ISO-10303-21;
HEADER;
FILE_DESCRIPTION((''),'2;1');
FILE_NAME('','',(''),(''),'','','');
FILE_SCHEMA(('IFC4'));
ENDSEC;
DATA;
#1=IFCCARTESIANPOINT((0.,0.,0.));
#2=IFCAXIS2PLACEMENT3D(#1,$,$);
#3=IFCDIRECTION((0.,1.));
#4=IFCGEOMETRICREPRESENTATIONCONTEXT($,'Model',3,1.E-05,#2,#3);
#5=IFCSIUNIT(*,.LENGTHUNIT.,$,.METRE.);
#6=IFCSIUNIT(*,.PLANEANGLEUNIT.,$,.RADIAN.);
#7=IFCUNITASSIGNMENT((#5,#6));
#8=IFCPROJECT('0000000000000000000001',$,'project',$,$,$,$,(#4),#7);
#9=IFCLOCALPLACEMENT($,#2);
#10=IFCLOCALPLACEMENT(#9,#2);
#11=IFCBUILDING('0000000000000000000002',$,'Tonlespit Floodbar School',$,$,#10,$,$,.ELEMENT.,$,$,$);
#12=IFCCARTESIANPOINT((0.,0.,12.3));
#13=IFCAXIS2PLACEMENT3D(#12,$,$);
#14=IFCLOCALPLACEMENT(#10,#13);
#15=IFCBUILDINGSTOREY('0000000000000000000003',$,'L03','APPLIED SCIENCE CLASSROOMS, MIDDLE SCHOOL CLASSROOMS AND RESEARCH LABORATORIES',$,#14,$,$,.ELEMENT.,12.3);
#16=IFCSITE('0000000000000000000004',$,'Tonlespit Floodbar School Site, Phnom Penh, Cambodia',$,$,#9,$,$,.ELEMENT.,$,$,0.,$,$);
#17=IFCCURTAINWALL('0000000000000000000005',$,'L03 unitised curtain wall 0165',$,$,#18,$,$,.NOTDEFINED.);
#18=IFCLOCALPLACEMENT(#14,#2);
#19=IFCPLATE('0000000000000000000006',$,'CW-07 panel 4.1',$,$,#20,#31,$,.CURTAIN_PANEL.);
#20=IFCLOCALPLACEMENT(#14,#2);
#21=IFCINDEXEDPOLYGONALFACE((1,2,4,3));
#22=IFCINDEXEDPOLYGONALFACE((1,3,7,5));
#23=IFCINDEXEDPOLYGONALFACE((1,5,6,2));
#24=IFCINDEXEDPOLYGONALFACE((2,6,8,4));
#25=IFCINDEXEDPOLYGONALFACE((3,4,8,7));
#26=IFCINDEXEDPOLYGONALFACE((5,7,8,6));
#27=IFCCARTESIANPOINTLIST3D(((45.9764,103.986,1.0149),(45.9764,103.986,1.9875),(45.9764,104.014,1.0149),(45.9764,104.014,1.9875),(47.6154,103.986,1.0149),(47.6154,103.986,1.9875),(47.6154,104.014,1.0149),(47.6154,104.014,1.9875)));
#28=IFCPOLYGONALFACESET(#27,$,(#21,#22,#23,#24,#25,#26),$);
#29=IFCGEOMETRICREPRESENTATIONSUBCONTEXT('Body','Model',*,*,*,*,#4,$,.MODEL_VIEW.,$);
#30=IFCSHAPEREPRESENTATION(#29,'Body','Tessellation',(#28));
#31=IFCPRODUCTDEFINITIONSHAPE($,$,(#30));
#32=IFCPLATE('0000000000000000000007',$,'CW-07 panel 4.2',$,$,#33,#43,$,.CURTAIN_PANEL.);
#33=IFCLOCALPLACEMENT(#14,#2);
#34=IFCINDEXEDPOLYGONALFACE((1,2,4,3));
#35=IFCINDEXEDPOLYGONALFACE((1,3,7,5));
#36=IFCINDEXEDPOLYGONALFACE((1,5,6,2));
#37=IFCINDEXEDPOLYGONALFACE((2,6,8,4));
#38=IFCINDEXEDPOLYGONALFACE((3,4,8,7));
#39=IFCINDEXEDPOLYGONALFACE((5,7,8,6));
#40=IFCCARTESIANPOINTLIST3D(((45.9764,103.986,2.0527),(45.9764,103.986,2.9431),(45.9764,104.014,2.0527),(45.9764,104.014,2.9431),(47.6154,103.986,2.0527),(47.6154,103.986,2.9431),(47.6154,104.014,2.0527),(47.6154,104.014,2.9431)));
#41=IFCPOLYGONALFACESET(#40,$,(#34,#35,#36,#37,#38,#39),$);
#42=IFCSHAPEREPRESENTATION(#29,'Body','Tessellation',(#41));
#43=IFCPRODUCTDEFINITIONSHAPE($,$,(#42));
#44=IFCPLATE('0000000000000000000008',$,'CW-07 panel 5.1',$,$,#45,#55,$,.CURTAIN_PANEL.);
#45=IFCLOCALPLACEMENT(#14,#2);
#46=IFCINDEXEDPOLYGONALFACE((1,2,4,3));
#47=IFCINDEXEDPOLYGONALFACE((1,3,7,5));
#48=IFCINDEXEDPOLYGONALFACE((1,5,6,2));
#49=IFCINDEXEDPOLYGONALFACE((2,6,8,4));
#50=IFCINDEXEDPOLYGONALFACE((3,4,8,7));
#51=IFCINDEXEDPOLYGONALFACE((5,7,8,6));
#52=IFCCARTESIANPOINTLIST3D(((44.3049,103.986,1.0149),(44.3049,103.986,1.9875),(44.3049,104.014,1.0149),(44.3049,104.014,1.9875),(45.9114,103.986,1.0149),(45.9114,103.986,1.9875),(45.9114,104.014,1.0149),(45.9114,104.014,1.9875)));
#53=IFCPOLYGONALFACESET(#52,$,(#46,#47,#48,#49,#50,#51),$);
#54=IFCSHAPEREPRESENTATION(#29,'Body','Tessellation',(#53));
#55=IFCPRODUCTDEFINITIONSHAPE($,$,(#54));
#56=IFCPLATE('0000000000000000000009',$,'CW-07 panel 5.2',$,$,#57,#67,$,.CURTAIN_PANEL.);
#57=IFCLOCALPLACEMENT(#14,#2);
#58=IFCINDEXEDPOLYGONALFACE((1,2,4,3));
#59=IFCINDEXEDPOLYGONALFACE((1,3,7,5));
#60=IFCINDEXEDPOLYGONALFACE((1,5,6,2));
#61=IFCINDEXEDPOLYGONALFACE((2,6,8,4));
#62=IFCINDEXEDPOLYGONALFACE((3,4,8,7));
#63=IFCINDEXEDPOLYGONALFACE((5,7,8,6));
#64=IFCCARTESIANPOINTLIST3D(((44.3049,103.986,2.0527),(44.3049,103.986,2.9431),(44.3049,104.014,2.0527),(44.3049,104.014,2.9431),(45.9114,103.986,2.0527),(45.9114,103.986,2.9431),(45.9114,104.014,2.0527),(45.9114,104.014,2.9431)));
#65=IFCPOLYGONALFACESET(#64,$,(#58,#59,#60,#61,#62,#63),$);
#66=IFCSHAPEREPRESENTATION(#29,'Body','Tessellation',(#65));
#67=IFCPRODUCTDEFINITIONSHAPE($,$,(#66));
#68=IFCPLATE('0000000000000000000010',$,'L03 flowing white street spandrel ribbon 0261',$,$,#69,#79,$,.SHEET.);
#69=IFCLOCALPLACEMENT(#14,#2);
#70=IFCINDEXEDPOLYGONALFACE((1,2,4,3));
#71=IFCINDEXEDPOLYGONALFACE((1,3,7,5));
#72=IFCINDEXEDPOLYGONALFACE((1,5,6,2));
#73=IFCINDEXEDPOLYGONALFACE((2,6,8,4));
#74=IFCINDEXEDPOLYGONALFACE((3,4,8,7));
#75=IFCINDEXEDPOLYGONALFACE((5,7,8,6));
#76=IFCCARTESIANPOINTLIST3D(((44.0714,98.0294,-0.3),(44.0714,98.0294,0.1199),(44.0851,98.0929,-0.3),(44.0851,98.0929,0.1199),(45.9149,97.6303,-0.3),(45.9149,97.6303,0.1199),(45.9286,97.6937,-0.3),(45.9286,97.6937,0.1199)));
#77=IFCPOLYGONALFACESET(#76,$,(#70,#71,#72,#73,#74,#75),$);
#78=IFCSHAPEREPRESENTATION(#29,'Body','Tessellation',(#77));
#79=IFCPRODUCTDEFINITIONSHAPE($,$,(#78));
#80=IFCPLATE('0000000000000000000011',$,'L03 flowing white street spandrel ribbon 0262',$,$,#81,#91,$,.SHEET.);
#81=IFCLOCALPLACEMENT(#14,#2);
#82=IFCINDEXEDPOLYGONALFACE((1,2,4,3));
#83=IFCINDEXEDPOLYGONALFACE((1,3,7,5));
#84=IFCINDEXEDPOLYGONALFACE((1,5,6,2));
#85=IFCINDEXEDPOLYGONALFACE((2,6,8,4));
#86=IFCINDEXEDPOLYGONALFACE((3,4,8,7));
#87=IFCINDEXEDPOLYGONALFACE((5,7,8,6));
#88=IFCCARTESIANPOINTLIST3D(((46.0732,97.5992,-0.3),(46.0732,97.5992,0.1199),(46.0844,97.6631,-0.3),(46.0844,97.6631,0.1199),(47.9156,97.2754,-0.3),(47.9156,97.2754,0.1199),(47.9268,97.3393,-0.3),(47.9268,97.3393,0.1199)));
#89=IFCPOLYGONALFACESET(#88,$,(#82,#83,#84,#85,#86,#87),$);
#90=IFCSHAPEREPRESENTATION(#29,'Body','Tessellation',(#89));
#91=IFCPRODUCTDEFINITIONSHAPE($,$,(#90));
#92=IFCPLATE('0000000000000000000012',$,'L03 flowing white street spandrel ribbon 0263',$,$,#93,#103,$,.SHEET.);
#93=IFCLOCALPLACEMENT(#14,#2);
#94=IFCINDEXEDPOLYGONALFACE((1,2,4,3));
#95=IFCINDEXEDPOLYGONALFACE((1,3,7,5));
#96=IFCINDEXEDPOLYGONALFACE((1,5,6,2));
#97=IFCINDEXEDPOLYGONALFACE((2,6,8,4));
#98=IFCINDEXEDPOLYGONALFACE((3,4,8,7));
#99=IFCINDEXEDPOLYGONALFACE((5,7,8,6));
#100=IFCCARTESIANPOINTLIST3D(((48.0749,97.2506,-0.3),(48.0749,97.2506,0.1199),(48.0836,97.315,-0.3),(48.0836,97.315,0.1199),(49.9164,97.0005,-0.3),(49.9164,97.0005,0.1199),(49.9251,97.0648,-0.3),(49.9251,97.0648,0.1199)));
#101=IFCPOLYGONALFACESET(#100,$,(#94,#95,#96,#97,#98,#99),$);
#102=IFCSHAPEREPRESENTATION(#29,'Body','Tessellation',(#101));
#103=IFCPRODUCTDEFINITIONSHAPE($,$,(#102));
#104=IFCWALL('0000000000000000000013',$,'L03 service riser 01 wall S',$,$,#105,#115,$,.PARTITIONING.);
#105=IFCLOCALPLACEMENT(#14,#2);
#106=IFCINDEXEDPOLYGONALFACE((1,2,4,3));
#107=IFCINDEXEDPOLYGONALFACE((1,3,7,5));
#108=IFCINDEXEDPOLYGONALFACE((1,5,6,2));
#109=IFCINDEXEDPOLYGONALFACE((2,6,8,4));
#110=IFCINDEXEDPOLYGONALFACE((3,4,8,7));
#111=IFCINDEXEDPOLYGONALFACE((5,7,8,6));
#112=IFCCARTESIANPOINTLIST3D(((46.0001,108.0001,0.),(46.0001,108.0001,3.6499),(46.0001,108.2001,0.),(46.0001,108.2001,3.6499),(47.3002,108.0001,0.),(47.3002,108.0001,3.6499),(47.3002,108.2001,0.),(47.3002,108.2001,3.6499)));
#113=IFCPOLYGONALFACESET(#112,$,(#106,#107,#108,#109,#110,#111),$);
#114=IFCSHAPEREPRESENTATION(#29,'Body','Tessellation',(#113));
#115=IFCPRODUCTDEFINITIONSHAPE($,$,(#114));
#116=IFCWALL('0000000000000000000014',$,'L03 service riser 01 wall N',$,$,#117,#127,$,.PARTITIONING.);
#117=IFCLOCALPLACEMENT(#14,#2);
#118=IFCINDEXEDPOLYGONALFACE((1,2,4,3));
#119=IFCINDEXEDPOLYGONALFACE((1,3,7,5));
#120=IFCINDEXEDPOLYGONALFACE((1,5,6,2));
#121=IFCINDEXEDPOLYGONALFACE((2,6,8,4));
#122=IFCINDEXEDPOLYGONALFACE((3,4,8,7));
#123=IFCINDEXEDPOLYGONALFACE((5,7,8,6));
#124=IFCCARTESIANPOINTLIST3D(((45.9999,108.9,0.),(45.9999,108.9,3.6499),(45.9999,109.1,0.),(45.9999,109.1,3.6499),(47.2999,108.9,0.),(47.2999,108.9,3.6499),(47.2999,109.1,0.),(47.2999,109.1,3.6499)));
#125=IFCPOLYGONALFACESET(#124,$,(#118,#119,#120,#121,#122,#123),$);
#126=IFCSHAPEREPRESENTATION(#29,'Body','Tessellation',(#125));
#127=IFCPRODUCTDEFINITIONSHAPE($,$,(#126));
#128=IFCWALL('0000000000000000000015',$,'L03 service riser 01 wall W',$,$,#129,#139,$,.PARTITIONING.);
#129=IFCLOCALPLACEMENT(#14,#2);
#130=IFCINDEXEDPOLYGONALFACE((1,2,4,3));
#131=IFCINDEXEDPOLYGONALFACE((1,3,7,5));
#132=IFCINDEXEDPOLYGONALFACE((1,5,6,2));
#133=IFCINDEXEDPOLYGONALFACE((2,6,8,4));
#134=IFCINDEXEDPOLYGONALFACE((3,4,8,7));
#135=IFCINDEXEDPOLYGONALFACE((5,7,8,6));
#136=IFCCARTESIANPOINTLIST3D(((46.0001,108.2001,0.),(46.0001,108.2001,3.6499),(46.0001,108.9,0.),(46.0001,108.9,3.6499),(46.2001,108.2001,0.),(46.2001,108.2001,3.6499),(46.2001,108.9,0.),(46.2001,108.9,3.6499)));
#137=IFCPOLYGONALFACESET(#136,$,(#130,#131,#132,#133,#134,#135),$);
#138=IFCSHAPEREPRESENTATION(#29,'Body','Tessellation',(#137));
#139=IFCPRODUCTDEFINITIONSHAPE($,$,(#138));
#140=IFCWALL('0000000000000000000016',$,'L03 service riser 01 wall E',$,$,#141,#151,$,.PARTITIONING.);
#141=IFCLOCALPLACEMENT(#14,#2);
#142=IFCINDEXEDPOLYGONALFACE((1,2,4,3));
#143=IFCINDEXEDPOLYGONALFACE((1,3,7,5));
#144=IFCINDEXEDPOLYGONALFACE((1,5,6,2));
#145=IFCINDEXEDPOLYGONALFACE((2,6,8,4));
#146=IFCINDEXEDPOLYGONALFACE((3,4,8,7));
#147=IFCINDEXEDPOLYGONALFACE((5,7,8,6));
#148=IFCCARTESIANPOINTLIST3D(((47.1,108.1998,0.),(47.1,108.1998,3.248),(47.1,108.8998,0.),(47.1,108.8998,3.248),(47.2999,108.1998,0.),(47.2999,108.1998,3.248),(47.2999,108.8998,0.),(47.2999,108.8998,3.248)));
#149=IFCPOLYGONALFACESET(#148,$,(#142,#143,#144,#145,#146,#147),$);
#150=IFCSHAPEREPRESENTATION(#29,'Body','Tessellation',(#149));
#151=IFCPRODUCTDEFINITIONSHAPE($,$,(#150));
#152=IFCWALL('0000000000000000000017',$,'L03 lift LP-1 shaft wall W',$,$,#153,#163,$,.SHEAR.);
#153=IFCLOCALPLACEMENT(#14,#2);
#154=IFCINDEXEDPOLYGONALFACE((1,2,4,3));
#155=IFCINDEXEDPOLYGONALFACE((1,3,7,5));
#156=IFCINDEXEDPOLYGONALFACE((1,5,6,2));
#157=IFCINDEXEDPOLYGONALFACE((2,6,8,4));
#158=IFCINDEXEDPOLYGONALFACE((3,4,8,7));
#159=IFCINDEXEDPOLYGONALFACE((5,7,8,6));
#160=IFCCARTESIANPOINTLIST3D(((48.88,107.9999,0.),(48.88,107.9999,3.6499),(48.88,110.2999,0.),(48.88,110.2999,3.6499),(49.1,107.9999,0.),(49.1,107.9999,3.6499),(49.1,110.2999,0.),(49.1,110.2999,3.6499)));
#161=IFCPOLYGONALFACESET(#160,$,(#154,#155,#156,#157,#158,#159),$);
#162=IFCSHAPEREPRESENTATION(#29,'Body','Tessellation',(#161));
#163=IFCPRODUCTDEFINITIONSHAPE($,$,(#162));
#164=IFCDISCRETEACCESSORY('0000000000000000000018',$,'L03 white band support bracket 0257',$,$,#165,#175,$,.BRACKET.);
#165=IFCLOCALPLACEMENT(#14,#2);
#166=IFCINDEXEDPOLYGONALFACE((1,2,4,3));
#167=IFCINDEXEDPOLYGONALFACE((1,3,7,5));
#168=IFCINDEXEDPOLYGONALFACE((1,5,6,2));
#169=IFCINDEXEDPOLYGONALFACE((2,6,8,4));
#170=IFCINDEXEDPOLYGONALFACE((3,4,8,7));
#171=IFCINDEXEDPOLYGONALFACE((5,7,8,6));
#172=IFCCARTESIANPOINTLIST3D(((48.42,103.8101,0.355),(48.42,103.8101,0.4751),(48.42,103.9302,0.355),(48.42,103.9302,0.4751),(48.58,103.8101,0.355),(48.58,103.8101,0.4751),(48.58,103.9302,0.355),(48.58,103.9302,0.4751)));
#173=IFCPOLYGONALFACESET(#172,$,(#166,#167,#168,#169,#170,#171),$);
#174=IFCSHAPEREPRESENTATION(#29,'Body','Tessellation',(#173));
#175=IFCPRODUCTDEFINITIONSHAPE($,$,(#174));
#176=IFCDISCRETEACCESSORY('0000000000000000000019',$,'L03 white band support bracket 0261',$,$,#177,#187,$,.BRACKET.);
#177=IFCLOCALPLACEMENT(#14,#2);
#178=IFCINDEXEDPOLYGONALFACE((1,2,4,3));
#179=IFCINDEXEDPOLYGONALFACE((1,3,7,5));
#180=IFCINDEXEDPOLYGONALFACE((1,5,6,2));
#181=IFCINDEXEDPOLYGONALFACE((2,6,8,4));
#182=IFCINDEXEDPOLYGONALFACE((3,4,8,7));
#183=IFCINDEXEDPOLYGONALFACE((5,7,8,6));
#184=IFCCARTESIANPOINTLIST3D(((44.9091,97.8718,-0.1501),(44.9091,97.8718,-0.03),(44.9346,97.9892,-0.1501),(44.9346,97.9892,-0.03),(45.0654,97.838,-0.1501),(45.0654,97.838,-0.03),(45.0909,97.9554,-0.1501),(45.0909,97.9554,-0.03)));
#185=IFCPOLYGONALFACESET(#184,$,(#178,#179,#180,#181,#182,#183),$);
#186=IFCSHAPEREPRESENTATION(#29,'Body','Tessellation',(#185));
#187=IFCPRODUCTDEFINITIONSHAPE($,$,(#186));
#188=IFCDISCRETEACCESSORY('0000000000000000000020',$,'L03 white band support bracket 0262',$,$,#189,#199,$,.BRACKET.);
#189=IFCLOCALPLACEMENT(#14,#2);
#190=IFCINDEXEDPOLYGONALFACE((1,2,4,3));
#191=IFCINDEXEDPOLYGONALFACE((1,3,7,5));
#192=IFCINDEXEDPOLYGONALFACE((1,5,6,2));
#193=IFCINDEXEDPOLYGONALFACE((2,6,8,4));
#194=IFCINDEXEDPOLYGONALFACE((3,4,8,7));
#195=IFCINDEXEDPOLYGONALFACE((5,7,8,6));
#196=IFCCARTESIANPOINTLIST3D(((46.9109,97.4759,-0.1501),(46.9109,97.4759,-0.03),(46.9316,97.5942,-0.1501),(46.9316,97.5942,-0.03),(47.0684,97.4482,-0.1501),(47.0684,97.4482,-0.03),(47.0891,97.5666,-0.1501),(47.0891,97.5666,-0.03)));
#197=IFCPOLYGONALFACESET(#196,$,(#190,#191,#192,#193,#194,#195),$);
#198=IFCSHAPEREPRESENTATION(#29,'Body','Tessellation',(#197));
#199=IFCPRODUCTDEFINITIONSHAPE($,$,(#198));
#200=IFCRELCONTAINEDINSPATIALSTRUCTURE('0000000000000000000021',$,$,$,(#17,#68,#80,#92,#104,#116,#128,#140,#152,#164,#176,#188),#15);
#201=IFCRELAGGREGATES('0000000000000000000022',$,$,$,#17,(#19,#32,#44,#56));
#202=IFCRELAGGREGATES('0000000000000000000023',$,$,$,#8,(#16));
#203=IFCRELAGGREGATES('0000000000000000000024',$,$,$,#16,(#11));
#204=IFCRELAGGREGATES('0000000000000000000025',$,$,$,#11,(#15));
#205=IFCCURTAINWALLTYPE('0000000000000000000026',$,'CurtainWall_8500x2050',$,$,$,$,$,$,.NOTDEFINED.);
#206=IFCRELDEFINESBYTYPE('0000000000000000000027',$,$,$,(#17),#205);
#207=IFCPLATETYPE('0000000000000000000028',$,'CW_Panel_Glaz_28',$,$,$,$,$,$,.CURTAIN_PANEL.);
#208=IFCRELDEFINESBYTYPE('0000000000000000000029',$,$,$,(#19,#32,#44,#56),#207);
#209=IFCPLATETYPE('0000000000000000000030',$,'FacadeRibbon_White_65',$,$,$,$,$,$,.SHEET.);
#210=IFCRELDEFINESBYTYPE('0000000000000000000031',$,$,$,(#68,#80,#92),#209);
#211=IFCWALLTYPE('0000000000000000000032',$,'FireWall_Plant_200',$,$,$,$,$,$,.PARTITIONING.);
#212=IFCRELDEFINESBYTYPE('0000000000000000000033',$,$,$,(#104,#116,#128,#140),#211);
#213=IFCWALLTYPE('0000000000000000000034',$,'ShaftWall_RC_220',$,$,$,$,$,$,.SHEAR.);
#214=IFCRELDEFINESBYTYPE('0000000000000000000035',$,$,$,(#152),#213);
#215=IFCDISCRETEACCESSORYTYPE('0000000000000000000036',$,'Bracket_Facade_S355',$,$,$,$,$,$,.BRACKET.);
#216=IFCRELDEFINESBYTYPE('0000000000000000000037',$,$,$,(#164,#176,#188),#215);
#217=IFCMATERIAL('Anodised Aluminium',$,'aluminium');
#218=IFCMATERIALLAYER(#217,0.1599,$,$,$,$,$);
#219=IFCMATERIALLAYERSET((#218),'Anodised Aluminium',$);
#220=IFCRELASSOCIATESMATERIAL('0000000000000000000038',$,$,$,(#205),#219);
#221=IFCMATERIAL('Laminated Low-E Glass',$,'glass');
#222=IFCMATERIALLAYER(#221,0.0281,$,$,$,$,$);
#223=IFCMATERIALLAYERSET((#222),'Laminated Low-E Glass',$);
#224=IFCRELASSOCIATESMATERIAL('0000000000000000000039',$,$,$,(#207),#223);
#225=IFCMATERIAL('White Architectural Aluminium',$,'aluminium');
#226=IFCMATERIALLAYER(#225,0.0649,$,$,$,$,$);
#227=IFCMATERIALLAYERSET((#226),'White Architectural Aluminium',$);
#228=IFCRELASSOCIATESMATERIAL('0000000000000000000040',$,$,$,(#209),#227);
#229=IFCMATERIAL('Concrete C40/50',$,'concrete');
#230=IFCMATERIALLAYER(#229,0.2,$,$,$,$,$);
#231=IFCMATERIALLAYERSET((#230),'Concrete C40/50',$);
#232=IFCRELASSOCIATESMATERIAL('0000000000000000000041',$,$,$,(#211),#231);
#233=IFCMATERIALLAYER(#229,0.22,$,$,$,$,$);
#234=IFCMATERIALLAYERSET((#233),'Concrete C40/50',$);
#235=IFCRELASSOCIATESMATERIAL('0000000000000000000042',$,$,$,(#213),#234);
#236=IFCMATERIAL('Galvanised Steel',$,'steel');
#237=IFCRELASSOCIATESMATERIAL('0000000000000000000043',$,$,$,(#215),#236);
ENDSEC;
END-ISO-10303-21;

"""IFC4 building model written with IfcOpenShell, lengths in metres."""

from ifc_helpers import new_model, si_unit, direction, frame, frame_2d, origin, origin_2d, place, context, subcontext, project, spatial, rectangle, extrude, material, layer, layer_set, type_object, element, aggregate, save


model = new_model("IFC4")

# Units and contexts
model_context = context("Model", 3, precision=1e-05, world=origin(), true_north=direction((0.0, 1.0)))
body_context = subcontext(model_context, "Body", "Model", "MODEL_VIEW")
ifc_project = project(units=[si_unit("LENGTHUNIT", "METRE"), si_unit("PLANEANGLEUNIT", "RADIAN")], contexts=[model_context])

# Site, building, storey
site_placement = place(None, origin())
site = spatial("IfcSite", under=ifc_project, at=site_placement, Name="Tonlespit Floodbar School Site, Phnom Penh, Cambodia", CompositionType="ELEMENT", RefElevation=0.0)
building_placement = place(site_placement, origin())
building = spatial("IfcBuilding", under=site, at=building_placement, Name="Tonlespit Floodbar School", CompositionType="ELEMENT")
storey_placement = place(building_placement, frame((0.0, 0.0, 12.3)))
storey = spatial("IfcBuildingStorey", under=building, at=storey_placement, Name="L03", Description="APPLIED SCIENCE CLASSROOMS, MIDDLE SCHOOL CLASSROOMS AND RESEARCH LABORATORIES", CompositionType="ELEMENT", Elevation=12.3)

# Curtain wall
ifc_material_1 = material(Name="Anodised Aluminium", Category="aluminium")
ifc_layer_1 = layer(ifc_material_1, 0.1599)
ifc_layer_set_1 = layer_set([ifc_layer_1], Name="Anodised Aluminium")
curtain_wall_type = type_object("IfcCurtainWallType", Name="CurtainWall_8500x2050", PredefinedType="NOTDEFINED", material=ifc_layer_set_1)
curtain_wall_placement = place(storey_placement, origin())
curtain_wall = element("IfcCurtainWall", 1, at=curtain_wall_placement, inside=storey, type_object=curtain_wall_type, Name="L03 unitised curtain wall 0165", PredefinedType="NOTDEFINED")

# Plates
ifc_material_2 = material(Name="Laminated Low-E Glass", Category="glass")
ifc_layer_2 = layer(ifc_material_2, 0.0281)
ifc_layer_set_2 = layer_set([ifc_layer_2], Name="Laminated Low-E Glass")
plate_type_1 = type_object("IfcPlateType", Name="CW_Panel_Glaz_28", PredefinedType="CURTAIN_PANEL", material=ifc_layer_set_2)
plate_1_placement = place(storey_placement, frame((46.7959, 104.0, 1.0149), z_axis=(0.0, 0.0, 1.0), x_axis=(-1.0, 0.0, 0.0)))
plate_1 = element("IfcPlate", 2, at=plate_1_placement, type_object=plate_type_1, Name="CW-07 panel 4.1", PredefinedType="CURTAIN_PANEL", context=body_context, shape_type="SweptSolid", body=[
    extrude(rectangle(XDim=1.6389, YDim=0.0281, at=origin_2d()), origin(), (0.0, 0.0, 1.0), 0.9727),
])
plate_2_placement = place(storey_placement, frame((46.7959, 104.0, 2.0527), z_axis=(0.0, 0.0, 1.0), x_axis=(-1.0, 0.0, 0.0)))
plate_2 = element("IfcPlate", 3, at=plate_2_placement, type_object=plate_type_1, Name="CW-07 panel 4.2", PredefinedType="CURTAIN_PANEL", context=body_context, shape_type="SweptSolid", body=[
    extrude(rectangle(XDim=1.6389, YDim=0.0281, at=origin_2d()), origin(), (0.0, 0.0, 1.0), 0.8904),
])
plate_3_placement = place(storey_placement, frame((45.1082, 104.0, 1.0149), z_axis=(0.0, 0.0, 1.0), x_axis=(-1.0, 0.0, 0.0)))
plate_3 = element("IfcPlate", 4, at=plate_3_placement, type_object=plate_type_1, Name="CW-07 panel 5.1", PredefinedType="CURTAIN_PANEL", context=body_context, shape_type="SweptSolid", body=[
    extrude(rectangle(XDim=1.6064, YDim=0.0281, at=origin_2d()), origin(), (0.0, 0.0, 1.0), 0.9727),
])
plate_4_placement = place(storey_placement, frame((45.1082, 104.0, 2.0527), z_axis=(0.0, 0.0, 1.0), x_axis=(-1.0, 0.0, 0.0)))
plate_4 = element("IfcPlate", 5, at=plate_4_placement, type_object=plate_type_1, Name="CW-07 panel 5.2", PredefinedType="CURTAIN_PANEL", context=body_context, shape_type="SweptSolid", body=[
    extrude(rectangle(XDim=1.6064, YDim=0.0281, at=origin_2d()), origin(), (0.0, 0.0, 1.0), 0.8904),
])
aggregate(curtain_wall, [plate_1, plate_2, plate_3, plate_4])

# Plates
ifc_material_3 = material(Name="White Architectural Aluminium", Category="aluminium")
ifc_layer_3 = layer(ifc_material_3, 0.0649)
ifc_layer_set_3 = layer_set([ifc_layer_3], Name="White Architectural Aluminium")
plate_type_2 = type_object("IfcPlateType", Name="FacadeRibbon_White_65", PredefinedType="SHEET", material=ifc_layer_set_3)
plate_5_placement = place(storey_placement, frame((45.0, 97.8616, -0.3), z_axis=(0.0, 0.0, 1.0), x_axis=(0.977357, -0.211598, 0.0)))
element("IfcPlate", 6, at=plate_5_placement, inside=storey, type_object=plate_type_2, Name="L03 flowing white street spandrel ribbon 0261", PredefinedType="SHEET", context=body_context, shape_type="SweptSolid", body=[
    extrude(rectangle(XDim=1.8862, YDim=0.0649, at=origin_2d()), origin(), (0.0, 0.0, 1.0), 0.4199),
])
plate_6_placement = place(storey_placement, frame((47.0, 97.4692, -0.3), z_axis=(0.0, 0.0, 1.0), x_axis=(0.984905, -0.173096, 0.0)))
element("IfcPlate", 7, at=plate_6_placement, inside=storey, type_object=plate_type_2, Name="L03 flowing white street spandrel ribbon 0262", PredefinedType="SHEET", context=body_context, shape_type="SweptSolid", body=[
    extrude(rectangle(XDim=1.8706, YDim=0.0649, at=origin_2d()), origin(), (0.0, 0.0, 1.0), 0.4199),
])
plate_7_placement = place(storey_placement, frame((49.0, 97.1577, -0.3), z_axis=(0.0, 0.0, 1.0), x_axis=(0.990898, -0.134614, 0.0)))
element("IfcPlate", 8, at=plate_7_placement, inside=storey, type_object=plate_type_2, Name="L03 flowing white street spandrel ribbon 0263", PredefinedType="SHEET", context=body_context, shape_type="SweptSolid", body=[
    extrude(rectangle(XDim=1.8584, YDim=0.0649, at=origin_2d()), origin(), (0.0, 0.0, 1.0), 0.4199),
])

# Walls
ifc_material_4 = material(Name="Concrete C40/50", Category="concrete")
ifc_layer_4 = layer(ifc_material_4, 0.2)
ifc_layer_set_4 = layer_set([ifc_layer_4], Name="Concrete C40/50")
wall_type_1 = type_object("IfcWallType", Name="FireWall_Plant_200", PredefinedType="PARTITIONING", material=ifc_layer_set_4)
for number, where, z_axis, x_axis, name in (
    (9, (47.3, 108.1001, 0.0), (0.0, 0.0, 1.0), (-1.0, 0.0, 0.0), "L03 service riser 01 wall S"),
    (10, (46.0, 109.0, 0.0), (0.0, 0.0, 1.0), (1.0, 0.0, 0.0), "L03 service riser 01 wall N"),
):
    element("IfcWall", number, at=place(storey_placement, frame(where, z_axis=z_axis, x_axis=x_axis)), inside=storey, type_object=wall_type_1, Name=name, PredefinedType="PARTITIONING", context=body_context, shape_type="SweptSolid", body=[
        extrude(rectangle(XDim=1.3, YDim=0.2, at=frame_2d((0.6499, 0.0))), origin(), (0.0, 0.0, 1.0), 3.6499),
    ])
wall_1_placement = place(storey_placement, frame((46.1001, 108.2, 0.0), z_axis=(0.0, 0.0, 1.0), x_axis=(0.0, 1.0, 0.0)))
element("IfcWall", 11, at=wall_1_placement, inside=storey, type_object=wall_type_1, Name="L03 service riser 01 wall W", PredefinedType="PARTITIONING", context=body_context, shape_type="SweptSolid", body=[
    extrude(rectangle(XDim=0.7, YDim=0.2, at=frame_2d((0.3501, 0.0))), origin(), (0.0, 0.0, 1.0), 3.6499),
])
wall_2_placement = place(storey_placement, frame((47.2, 108.8999, 0.0), z_axis=(0.0, 0.0, 1.0), x_axis=(0.0, -1.0, 0.0)))
element("IfcWall", 12, at=wall_2_placement, inside=storey, type_object=wall_type_1, Name="L03 service riser 01 wall E", PredefinedType="PARTITIONING", context=body_context, shape_type="SweptSolid", body=[
    extrude(rectangle(XDim=0.7, YDim=0.2, at=frame_2d((0.3501, 0.0))), origin(), (0.0, 0.0, 1.0), 3.248),
])
ifc_layer_5 = layer(ifc_material_4, 0.22)
ifc_layer_set_5 = layer_set([ifc_layer_5], Name="Concrete C40/50")
wall_type_2 = type_object("IfcWallType", Name="ShaftWall_RC_220", PredefinedType="SHEAR", material=ifc_layer_set_5)
wall_3_placement = place(storey_placement, frame((48.99, 108.0, 0.0), z_axis=(0.0, 0.0, 1.0), x_axis=(0.0, 1.0, 0.0)))
element("IfcWall", 13, at=wall_3_placement, inside=storey, type_object=wall_type_2, Name="L03 lift LP-1 shaft wall W", PredefinedType="SHEAR", context=body_context, shape_type="SweptSolid", body=[
    extrude(rectangle(XDim=2.3, YDim=0.22, at=frame_2d((1.1499, 0.0))), origin(), (0.0, 0.0, 1.0), 3.6499),
])

# Discrete accessories
ifc_material_5 = material(Name="Galvanised Steel", Category="steel")
discrete_accessory_type = type_object("IfcDiscreteAccessoryType", Name="Bracket_Facade_S355", PredefinedType="BRACKET", material=ifc_material_5)
for number, where, z_axis, x_axis, name in (
    (14, (48.5, 103.8701, 0.355), (0.0, 0.0, 1.0), (-1.0, 0.0, 0.0), "L03 white band support bracket 0257"),
    (15, (45.0, 97.9136, -0.1501), (0.0, 0.0, 1.0), (0.977357, -0.211598, 0.0), "L03 white band support bracket 0261"),
    (16, (47.0, 97.5212, -0.1501), (0.0, 0.0, 1.0), (0.984905, -0.173096, 0.0), "L03 white band support bracket 0262"),
):
    element("IfcDiscreteAccessory", number, at=place(storey_placement, frame(where, z_axis=z_axis, x_axis=x_axis)), inside=storey, type_object=discrete_accessory_type, Name=name, PredefinedType="BRACKET", context=body_context, shape_type="SweptSolid", body=[
        extrude(rectangle(XDim=0.1599, YDim=0.1201, at=origin_2d()), origin(), (0.0, 0.0, 1.0), 0.1201),
    ])

save(model, "model.ifc")
